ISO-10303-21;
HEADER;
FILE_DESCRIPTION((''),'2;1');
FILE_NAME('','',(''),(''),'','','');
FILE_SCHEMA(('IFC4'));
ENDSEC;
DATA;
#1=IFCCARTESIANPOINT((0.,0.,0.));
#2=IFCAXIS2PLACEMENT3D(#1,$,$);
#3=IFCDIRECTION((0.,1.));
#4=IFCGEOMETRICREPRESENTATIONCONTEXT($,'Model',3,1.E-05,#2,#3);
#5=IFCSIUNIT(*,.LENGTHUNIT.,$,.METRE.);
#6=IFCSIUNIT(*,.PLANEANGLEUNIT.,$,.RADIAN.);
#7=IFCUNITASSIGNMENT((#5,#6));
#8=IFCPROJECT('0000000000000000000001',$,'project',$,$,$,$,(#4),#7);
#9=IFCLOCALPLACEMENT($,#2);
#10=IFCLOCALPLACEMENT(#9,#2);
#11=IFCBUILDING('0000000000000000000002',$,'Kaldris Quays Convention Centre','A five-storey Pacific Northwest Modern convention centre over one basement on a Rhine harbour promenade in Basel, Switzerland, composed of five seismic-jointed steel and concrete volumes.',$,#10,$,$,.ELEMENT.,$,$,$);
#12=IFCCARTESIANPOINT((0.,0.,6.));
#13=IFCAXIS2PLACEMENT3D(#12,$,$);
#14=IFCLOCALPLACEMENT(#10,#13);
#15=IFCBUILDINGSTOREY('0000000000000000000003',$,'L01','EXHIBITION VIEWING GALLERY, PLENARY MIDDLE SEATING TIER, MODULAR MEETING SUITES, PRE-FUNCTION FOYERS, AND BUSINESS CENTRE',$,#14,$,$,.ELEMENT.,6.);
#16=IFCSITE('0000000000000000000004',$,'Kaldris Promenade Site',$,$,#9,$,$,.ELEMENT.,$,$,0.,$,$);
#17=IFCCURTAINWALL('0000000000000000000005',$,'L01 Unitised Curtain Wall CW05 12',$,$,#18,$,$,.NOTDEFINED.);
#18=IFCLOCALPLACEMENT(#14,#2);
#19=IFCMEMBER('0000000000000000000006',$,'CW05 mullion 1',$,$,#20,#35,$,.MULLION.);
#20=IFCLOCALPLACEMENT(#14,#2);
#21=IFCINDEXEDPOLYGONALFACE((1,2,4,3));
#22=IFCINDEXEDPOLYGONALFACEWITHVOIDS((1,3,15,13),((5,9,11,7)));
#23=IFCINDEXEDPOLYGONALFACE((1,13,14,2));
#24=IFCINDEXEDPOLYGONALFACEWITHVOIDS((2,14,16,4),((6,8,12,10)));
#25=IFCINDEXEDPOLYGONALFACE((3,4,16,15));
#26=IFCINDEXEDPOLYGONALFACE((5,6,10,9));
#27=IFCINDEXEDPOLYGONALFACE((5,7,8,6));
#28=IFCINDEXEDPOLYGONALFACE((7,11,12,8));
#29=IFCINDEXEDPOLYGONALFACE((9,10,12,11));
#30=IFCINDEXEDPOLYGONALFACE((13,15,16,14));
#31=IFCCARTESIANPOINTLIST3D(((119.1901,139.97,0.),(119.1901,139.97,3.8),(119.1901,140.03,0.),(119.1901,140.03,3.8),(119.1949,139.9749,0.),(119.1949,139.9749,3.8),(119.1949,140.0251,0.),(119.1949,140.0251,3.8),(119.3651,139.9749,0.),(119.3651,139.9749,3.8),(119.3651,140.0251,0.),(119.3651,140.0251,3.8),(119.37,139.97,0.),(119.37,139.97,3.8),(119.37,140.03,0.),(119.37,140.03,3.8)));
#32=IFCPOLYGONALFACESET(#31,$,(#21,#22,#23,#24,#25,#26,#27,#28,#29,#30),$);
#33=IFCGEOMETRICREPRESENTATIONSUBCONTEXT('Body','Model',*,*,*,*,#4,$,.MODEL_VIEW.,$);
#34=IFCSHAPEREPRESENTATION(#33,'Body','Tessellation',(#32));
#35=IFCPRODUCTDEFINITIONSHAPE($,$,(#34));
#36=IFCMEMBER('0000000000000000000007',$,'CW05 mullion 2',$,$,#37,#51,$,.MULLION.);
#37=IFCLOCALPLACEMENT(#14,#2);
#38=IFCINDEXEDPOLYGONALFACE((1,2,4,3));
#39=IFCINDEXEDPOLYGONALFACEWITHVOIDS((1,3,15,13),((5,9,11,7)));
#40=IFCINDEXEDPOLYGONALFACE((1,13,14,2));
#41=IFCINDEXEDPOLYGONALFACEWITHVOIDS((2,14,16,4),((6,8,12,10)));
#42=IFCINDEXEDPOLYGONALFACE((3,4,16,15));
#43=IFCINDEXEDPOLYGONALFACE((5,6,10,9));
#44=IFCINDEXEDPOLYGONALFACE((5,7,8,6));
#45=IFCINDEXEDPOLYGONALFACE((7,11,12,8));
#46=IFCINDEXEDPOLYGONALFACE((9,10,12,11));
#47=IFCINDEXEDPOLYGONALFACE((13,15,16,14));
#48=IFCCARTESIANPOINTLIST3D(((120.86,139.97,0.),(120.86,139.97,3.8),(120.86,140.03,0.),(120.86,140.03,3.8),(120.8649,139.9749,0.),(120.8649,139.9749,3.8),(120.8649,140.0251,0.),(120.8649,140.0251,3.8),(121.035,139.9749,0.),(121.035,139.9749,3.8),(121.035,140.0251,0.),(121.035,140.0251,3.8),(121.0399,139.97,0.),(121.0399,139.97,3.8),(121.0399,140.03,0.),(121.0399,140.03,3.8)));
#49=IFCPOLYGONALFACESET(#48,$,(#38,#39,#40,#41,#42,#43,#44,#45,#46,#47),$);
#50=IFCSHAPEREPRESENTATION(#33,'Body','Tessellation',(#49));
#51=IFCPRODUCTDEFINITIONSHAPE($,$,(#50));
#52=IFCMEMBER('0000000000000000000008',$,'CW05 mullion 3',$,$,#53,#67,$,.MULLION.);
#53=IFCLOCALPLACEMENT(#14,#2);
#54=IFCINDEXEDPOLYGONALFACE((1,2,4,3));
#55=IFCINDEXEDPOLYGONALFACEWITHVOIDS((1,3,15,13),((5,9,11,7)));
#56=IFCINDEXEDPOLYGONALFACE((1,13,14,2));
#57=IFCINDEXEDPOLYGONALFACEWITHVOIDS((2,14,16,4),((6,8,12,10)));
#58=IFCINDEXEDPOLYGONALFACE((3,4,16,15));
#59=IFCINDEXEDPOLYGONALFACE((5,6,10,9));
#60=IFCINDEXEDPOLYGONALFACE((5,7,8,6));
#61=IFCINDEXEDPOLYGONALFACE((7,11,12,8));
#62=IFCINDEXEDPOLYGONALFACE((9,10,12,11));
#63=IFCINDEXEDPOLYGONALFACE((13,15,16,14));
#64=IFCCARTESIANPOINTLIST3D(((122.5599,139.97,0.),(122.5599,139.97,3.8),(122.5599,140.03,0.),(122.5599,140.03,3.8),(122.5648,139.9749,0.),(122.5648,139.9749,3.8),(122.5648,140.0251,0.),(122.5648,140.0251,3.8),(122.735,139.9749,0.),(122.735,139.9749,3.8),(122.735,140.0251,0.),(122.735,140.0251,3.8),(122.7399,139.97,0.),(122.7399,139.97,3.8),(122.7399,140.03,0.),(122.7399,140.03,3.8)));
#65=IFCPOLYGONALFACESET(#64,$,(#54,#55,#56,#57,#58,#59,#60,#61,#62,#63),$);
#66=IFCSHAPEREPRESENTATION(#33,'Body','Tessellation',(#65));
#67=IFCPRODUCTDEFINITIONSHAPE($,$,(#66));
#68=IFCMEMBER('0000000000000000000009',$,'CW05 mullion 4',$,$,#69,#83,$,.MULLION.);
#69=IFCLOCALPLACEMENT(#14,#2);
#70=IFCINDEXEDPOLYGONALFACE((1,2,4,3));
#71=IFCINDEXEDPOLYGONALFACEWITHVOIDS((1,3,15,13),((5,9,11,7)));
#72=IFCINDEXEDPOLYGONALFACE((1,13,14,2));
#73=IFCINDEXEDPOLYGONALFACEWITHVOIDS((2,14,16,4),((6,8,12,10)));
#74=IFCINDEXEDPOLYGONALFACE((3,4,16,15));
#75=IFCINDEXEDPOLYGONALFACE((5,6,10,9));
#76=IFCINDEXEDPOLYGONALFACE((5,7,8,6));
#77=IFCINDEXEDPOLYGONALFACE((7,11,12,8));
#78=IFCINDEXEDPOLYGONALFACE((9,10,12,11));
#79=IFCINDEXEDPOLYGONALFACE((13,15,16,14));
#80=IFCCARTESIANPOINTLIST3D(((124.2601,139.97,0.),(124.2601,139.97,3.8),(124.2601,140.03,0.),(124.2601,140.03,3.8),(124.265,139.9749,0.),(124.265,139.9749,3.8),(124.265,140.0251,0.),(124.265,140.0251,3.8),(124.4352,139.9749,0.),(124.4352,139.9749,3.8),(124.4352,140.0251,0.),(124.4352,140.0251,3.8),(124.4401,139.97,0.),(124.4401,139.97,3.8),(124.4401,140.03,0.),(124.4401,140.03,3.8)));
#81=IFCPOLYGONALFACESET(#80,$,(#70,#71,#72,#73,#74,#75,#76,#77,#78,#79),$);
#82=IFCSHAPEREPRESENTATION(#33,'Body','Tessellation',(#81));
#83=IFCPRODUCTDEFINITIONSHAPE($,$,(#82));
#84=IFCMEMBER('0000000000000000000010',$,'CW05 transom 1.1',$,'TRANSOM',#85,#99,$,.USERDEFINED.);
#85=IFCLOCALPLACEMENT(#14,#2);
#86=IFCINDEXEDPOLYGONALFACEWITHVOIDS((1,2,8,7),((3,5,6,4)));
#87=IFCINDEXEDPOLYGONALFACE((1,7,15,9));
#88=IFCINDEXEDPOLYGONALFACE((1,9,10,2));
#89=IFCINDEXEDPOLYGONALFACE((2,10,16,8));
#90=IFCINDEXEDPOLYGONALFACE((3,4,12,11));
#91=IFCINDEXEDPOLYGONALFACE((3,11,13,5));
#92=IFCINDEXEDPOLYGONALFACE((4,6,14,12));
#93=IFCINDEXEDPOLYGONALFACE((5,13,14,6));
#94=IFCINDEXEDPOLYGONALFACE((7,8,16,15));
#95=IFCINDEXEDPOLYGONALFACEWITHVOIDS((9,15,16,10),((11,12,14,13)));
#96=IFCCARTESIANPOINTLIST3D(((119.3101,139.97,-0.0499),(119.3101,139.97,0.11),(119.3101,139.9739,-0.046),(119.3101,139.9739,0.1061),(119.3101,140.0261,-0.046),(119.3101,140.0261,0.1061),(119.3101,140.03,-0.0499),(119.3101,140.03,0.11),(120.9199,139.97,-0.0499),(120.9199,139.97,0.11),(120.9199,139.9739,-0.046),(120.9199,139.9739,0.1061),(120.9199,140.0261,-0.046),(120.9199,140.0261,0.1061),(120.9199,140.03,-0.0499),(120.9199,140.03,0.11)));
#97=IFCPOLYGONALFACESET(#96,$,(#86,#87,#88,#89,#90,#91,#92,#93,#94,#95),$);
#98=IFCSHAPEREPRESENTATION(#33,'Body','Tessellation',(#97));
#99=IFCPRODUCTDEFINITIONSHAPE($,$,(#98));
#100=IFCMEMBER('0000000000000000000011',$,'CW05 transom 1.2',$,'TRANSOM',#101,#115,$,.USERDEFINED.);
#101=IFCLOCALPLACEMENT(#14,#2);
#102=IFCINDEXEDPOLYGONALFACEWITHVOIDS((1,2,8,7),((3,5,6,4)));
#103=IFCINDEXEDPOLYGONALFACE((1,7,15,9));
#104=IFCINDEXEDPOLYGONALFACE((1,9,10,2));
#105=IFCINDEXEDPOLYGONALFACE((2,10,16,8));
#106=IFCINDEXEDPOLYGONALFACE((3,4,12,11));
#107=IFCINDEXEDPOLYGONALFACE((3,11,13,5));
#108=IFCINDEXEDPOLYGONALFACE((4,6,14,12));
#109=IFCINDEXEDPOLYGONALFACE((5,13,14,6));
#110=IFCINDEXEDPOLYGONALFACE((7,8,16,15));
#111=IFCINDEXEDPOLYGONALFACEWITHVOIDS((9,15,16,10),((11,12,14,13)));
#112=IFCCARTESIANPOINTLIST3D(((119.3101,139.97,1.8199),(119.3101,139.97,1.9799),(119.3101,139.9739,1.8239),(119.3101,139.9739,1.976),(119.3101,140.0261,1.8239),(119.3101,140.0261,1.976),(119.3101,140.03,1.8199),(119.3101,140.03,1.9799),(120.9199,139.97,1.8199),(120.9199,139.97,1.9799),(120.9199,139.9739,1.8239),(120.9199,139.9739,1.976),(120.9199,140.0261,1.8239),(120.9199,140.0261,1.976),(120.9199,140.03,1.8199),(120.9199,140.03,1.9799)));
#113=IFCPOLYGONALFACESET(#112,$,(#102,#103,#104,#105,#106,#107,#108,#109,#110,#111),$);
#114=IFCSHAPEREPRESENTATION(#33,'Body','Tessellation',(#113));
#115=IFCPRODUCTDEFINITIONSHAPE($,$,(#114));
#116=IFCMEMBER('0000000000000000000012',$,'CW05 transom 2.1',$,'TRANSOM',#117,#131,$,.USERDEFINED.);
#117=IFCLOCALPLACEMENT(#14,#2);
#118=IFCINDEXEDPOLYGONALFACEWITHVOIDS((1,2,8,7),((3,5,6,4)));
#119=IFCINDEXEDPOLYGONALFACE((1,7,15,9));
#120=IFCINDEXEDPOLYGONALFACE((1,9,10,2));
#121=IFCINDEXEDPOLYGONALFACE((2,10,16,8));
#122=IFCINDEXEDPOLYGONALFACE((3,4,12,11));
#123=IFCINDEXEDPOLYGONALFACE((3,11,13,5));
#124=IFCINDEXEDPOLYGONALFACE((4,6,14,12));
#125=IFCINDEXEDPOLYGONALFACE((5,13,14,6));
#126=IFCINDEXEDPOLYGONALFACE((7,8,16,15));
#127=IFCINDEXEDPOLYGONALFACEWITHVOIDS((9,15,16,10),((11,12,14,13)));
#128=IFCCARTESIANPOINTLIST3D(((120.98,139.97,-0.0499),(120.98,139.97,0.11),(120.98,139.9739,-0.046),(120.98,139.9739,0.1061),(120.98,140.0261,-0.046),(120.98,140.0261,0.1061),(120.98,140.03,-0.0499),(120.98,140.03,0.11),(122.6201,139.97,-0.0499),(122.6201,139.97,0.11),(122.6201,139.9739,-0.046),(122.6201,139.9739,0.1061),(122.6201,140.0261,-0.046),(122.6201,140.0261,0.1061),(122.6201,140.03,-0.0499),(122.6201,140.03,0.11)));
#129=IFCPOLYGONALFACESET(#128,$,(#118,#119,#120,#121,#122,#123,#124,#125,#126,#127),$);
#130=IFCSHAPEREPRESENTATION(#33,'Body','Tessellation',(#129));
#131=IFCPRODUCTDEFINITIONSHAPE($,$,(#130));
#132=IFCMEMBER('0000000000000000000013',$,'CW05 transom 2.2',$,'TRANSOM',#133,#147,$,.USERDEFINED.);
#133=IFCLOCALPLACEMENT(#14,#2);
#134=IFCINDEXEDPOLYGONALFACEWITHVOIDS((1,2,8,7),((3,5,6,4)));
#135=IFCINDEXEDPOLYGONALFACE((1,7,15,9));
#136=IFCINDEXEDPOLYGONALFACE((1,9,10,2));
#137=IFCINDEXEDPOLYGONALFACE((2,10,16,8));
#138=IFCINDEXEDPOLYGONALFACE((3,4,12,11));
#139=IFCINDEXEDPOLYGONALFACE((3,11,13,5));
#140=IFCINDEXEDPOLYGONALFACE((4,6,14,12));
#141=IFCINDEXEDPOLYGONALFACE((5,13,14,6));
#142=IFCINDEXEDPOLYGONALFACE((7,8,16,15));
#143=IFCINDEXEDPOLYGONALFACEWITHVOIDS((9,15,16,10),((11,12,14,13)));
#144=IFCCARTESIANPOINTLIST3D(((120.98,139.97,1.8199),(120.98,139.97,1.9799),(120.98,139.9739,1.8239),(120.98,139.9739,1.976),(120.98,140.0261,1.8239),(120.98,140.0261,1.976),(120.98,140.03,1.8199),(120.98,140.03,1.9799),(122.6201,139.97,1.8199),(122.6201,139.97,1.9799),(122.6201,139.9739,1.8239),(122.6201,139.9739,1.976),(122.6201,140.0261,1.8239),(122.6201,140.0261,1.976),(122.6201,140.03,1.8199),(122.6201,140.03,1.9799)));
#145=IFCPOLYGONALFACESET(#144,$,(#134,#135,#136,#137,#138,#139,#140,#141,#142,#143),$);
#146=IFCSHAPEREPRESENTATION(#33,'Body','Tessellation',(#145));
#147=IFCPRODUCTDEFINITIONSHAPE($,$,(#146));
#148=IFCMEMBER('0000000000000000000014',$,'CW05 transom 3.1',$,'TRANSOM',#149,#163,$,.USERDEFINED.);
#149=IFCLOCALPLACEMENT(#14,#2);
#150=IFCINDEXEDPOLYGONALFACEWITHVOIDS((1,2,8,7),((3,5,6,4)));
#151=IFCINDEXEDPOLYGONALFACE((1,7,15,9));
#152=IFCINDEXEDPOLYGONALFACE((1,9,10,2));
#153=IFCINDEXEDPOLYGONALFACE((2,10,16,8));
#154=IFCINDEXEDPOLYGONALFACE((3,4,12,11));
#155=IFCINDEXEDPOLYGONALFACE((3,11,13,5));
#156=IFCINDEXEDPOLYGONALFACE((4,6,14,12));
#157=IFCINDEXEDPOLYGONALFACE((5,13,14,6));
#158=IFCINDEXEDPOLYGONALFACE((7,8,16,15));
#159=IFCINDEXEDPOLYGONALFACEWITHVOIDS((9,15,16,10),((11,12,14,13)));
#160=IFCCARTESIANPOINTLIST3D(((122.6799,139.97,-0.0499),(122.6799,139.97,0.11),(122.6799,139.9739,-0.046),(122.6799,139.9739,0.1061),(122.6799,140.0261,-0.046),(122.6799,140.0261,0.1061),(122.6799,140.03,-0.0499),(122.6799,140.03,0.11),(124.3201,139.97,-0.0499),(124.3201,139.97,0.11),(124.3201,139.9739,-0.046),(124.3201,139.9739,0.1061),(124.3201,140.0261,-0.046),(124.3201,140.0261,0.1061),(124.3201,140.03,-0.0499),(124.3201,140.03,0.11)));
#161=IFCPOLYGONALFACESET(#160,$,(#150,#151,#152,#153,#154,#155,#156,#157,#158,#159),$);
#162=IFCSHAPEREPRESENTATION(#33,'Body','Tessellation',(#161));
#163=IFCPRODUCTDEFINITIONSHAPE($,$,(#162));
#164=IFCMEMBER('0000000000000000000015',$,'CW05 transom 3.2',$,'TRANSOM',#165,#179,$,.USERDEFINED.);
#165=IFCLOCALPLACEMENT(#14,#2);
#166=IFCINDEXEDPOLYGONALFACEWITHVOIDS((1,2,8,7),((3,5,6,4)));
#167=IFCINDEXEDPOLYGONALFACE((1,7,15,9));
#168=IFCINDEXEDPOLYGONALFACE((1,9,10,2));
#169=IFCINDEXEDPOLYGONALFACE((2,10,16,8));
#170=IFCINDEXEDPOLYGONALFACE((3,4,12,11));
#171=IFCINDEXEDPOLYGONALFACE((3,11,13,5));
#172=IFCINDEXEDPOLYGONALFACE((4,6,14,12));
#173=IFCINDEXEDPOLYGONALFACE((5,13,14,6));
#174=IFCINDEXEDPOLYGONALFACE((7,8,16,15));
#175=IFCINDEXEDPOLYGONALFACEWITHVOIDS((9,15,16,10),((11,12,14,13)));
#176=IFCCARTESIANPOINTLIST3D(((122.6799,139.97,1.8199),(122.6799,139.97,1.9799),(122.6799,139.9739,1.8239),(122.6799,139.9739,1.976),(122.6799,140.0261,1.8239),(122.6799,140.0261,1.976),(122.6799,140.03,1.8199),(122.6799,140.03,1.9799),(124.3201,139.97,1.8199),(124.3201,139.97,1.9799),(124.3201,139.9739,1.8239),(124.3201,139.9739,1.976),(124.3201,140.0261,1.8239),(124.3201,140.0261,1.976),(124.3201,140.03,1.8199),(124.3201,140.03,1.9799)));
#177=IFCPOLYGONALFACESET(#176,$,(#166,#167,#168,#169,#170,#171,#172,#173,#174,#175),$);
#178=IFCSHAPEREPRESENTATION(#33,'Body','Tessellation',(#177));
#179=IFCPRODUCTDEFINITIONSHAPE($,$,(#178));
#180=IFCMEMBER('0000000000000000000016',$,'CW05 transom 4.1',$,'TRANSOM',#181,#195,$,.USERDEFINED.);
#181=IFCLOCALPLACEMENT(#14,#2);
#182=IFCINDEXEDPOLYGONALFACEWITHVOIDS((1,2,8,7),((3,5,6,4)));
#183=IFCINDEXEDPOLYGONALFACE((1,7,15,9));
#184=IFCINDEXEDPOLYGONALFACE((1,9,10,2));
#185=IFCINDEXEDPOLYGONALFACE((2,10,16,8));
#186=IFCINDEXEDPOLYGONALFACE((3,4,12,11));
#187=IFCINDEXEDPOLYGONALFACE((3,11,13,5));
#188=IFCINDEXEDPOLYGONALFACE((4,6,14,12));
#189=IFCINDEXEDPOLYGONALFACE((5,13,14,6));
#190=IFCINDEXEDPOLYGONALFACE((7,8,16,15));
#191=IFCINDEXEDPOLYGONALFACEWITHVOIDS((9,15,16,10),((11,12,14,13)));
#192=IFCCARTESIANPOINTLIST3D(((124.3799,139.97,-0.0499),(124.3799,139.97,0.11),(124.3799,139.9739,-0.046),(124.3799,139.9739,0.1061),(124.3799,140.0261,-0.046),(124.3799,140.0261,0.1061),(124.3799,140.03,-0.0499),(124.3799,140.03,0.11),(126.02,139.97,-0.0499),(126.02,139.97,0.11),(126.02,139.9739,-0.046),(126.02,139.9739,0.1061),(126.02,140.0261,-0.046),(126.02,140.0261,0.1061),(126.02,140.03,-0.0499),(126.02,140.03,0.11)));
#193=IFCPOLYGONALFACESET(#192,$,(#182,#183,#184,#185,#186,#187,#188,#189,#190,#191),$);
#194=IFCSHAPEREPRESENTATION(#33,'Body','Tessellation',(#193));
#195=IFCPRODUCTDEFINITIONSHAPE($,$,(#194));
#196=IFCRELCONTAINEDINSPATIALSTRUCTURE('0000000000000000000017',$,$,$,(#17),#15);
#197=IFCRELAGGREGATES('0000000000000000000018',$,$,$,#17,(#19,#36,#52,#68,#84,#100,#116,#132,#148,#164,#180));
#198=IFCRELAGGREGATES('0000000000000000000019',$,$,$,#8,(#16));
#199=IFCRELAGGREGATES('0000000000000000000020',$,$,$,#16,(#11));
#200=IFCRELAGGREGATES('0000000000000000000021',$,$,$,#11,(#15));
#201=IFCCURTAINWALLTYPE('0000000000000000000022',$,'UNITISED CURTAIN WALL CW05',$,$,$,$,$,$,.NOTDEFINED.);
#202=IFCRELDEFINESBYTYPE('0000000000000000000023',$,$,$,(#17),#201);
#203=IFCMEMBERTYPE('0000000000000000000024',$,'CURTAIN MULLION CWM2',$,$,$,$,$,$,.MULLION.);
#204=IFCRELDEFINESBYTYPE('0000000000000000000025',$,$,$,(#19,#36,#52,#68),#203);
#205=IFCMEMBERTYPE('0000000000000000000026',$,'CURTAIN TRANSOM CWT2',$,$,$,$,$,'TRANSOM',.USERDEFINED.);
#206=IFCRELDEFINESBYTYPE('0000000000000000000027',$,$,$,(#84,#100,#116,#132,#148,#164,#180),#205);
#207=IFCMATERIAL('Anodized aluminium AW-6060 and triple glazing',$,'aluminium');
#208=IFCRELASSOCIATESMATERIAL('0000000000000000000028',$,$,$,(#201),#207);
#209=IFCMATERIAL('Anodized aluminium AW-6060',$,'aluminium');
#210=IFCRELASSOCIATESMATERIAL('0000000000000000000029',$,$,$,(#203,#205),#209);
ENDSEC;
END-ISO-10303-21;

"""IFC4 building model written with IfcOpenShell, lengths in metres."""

from ifc_helpers import new_model, si_unit, direction, frame, origin, origin_2d, place, context, subcontext, project, spatial, hollow_rectangle, extrude, material, material_profile, profile_set, type_object, element, aggregate, save


model = new_model("IFC4")

# Units and contexts
model_context = context("Model", 3, precision=1e-05, world=origin(), true_north=direction((0.0, 1.0)))
body_context = subcontext(model_context, "Body", "Model", "MODEL_VIEW")
ifc_project = project(units=[si_unit("LENGTHUNIT", "METRE"), si_unit("PLANEANGLEUNIT", "RADIAN")], contexts=[model_context])

# Site, building, storey
site_placement = place(None, origin())
site = spatial("IfcSite", under=ifc_project, at=site_placement, Name="Kaldris Promenade Site", CompositionType="ELEMENT", RefElevation=0.0)
building_placement = place(site_placement, origin())
building = spatial("IfcBuilding", under=site, at=building_placement, Name="Kaldris Quays Convention Centre", Description="A five-storey Pacific Northwest Modern convention centre over one basement on a Rhine harbour promenade in Basel, Switzerland, composed of five seismic-jointed steel and concrete volumes.", CompositionType="ELEMENT")
storey_placement = place(building_placement, frame((0.0, 0.0, 6.0)))
storey = spatial("IfcBuildingStorey", under=building, at=storey_placement, Name="L01", Description="EXHIBITION VIEWING GALLERY, PLENARY MIDDLE SEATING TIER, MODULAR MEETING SUITES, PRE-FUNCTION FOYERS, AND BUSINESS CENTRE", CompositionType="ELEMENT", Elevation=6.0)

# Curtain wall, members
ifc_material_1 = material(Name="Anodized aluminium AW-6060 and triple glazing", Category="aluminium")
curtain_wall_type = type_object("IfcCurtainWallType", Name="UNITISED CURTAIN WALL CW05", PredefinedType="NOTDEFINED", material=ifc_material_1)
curtain_wall_placement = place(storey_placement, origin())
curtain_wall = element("IfcCurtainWall", 1, at=curtain_wall_placement, inside=storey, type_object=curtain_wall_type, Name="L01 Unitised Curtain Wall CW05 12", PredefinedType="NOTDEFINED")
ifc_material_2 = material(Name="Anodized aluminium AW-6060", Category="aluminium")
ifc_material_profile_1 = material_profile(ifc_material_2, hollow_rectangle(XDim=0.0601, YDim=0.1799, WallThickness=0.0049, at=origin_2d()), Name="RHS 180x60x5")
ifc_profile_set_1 = profile_set([ifc_material_profile_1], Name="Anodized aluminium AW-6060")
member_type_1 = type_object("IfcMemberType", Name="CURTAIN MULLION CWM2", PredefinedType="MULLION", material=ifc_profile_set_1)
member_1_placement = place(storey_placement, frame((119.28, 140.0, 0.0), z_axis=(0.0, 0.0, 1.0), x_axis=(0.0, 1.0, 0.0)))
member_1 = element("IfcMember", 2, at=member_1_placement, type_object=member_type_1, Name="CW05 mullion 1", PredefinedType="MULLION", context=body_context, shape_type="SweptSolid", body=[
    extrude(hollow_rectangle(XDim=0.0601, YDim=0.1799, WallThickness=0.0049, at=origin_2d()), origin(), (0.0, 0.0, 1.0), 3.8),
])
member_2_placement = place(storey_placement, frame((120.95, 140.0, 0.0), z_axis=(0.0, 0.0, 1.0), x_axis=(0.0, 1.0, 0.0)))
member_2 = element("IfcMember", 3, at=member_2_placement, type_object=member_type_1, Name="CW05 mullion 2", PredefinedType="MULLION", context=body_context, shape_type="SweptSolid", body=[
    extrude(hollow_rectangle(XDim=0.0601, YDim=0.1799, WallThickness=0.0049, at=origin_2d()), origin(), (0.0, 0.0, 1.0), 3.8),
])
member_3_placement = place(storey_placement, frame((122.6499, 140.0, 0.0), z_axis=(0.0, 0.0, 1.0), x_axis=(0.0, 1.0, 0.0)))
member_3 = element("IfcMember", 4, at=member_3_placement, type_object=member_type_1, Name="CW05 mullion 3", PredefinedType="MULLION", context=body_context, shape_type="SweptSolid", body=[
    extrude(hollow_rectangle(XDim=0.0601, YDim=0.1799, WallThickness=0.0049, at=origin_2d()), origin(), (0.0, 0.0, 1.0), 3.8),
])
member_4_placement = place(storey_placement, frame((124.3501, 140.0, 0.0), z_axis=(0.0, 0.0, 1.0), x_axis=(0.0, 1.0, 0.0)))
member_4 = element("IfcMember", 5, at=member_4_placement, type_object=member_type_1, Name="CW05 mullion 4", PredefinedType="MULLION", context=body_context, shape_type="SweptSolid", body=[
    extrude(hollow_rectangle(XDim=0.0601, YDim=0.1799, WallThickness=0.0049, at=origin_2d()), origin(), (0.0, 0.0, 1.0), 3.8),
])
ifc_material_profile_2 = material_profile(ifc_material_2, hollow_rectangle(XDim=0.0601, YDim=0.1599, WallThickness=0.0039, at=origin_2d()), Name="RHS 160x60x4")
ifc_profile_set_2 = profile_set([ifc_material_profile_2], Name="Anodized aluminium AW-6060")
member_type_2 = type_object("IfcMemberType", Name="CURTAIN TRANSOM CWT2", ElementType="TRANSOM", PredefinedType="USERDEFINED", material=ifc_profile_set_2)
member_5_placement = place(storey_placement, frame((119.3101, 140.0, 0.03), z_axis=(1.0, 0.0, 0.0), x_axis=(0.0, 1.0, 0.0)))
member_5 = element("IfcMember", 6, at=member_5_placement, type_object=member_type_2, Name="CW05 transom 1.1", ObjectType="TRANSOM", PredefinedType="USERDEFINED", context=body_context, shape_type="SweptSolid", body=[
    extrude(hollow_rectangle(XDim=0.0601, YDim=0.1599, WallThickness=0.0039, at=origin_2d()), origin(), (0.0, 0.0, 1.0), 1.6099),
])
member_6_placement = place(storey_placement, frame((119.3101, 140.0, 1.8999), z_axis=(1.0, 0.0, 0.0), x_axis=(0.0, 1.0, 0.0)))
member_6 = element("IfcMember", 7, at=member_6_placement, type_object=member_type_2, Name="CW05 transom 1.2", ObjectType="TRANSOM", PredefinedType="USERDEFINED", context=body_context, shape_type="SweptSolid", body=[
    extrude(hollow_rectangle(XDim=0.0601, YDim=0.1599, WallThickness=0.0039, at=origin_2d()), origin(), (0.0, 0.0, 1.0), 1.6099),
])
member_7_placement = place(storey_placement, frame((120.98, 140.0, 0.03), z_axis=(1.0, 0.0, 0.0), x_axis=(0.0, 1.0, 0.0)))
member_7 = element("IfcMember", 8, at=member_7_placement, type_object=member_type_2, Name="CW05 transom 2.1", ObjectType="TRANSOM", PredefinedType="USERDEFINED", context=body_context, shape_type="SweptSolid", body=[
    extrude(hollow_rectangle(XDim=0.0601, YDim=0.1599, WallThickness=0.0039, at=origin_2d()), origin(), (0.0, 0.0, 1.0), 1.6401),
])
member_8_placement = place(storey_placement, frame((120.98, 140.0, 1.8999), z_axis=(1.0, 0.0, 0.0), x_axis=(0.0, 1.0, 0.0)))
member_8 = element("IfcMember", 9, at=member_8_placement, type_object=member_type_2, Name="CW05 transom 2.2", ObjectType="TRANSOM", PredefinedType="USERDEFINED", context=body_context, shape_type="SweptSolid", body=[
    extrude(hollow_rectangle(XDim=0.0601, YDim=0.1599, WallThickness=0.0039, at=origin_2d()), origin(), (0.0, 0.0, 1.0), 1.6401),
])
member_9_placement = place(storey_placement, frame((122.6799, 140.0, 0.03), z_axis=(1.0, 0.0, 0.0), x_axis=(0.0, 1.0, 0.0)))
member_9 = element("IfcMember", 10, at=member_9_placement, type_object=member_type_2, Name="CW05 transom 3.1", ObjectType="TRANSOM", PredefinedType="USERDEFINED", context=body_context, shape_type="SweptSolid", body=[
    extrude(hollow_rectangle(XDim=0.0601, YDim=0.1599, WallThickness=0.0039, at=origin_2d()), origin(), (0.0, 0.0, 1.0), 1.6401),
])
member_10_placement = place(storey_placement, frame((122.6799, 140.0, 1.8999), z_axis=(1.0, 0.0, 0.0), x_axis=(0.0, 1.0, 0.0)))
member_10 = element("IfcMember", 11, at=member_10_placement, type_object=member_type_2, Name="CW05 transom 3.2", ObjectType="TRANSOM", PredefinedType="USERDEFINED", context=body_context, shape_type="SweptSolid", body=[
    extrude(hollow_rectangle(XDim=0.0601, YDim=0.1599, WallThickness=0.0039, at=origin_2d()), origin(), (0.0, 0.0, 1.0), 1.6401),
])
member_11_placement = place(storey_placement, frame((124.3799, 140.0, 0.03), z_axis=(1.0, 0.0, 0.0), x_axis=(0.0, 1.0, 0.0)))
member_11 = element("IfcMember", 12, at=member_11_placement, type_object=member_type_2, Name="CW05 transom 4.1", ObjectType="TRANSOM", PredefinedType="USERDEFINED", context=body_context, shape_type="SweptSolid", body=[
    extrude(hollow_rectangle(XDim=0.0601, YDim=0.1599, WallThickness=0.0039, at=origin_2d()), origin(), (0.0, 0.0, 1.0), 1.6401),
])
aggregate(curtain_wall, [member_1, member_2, member_3, member_4, member_5, member_6, member_7, member_8, member_9, member_10, member_11])

save(model, "model.ifc")
